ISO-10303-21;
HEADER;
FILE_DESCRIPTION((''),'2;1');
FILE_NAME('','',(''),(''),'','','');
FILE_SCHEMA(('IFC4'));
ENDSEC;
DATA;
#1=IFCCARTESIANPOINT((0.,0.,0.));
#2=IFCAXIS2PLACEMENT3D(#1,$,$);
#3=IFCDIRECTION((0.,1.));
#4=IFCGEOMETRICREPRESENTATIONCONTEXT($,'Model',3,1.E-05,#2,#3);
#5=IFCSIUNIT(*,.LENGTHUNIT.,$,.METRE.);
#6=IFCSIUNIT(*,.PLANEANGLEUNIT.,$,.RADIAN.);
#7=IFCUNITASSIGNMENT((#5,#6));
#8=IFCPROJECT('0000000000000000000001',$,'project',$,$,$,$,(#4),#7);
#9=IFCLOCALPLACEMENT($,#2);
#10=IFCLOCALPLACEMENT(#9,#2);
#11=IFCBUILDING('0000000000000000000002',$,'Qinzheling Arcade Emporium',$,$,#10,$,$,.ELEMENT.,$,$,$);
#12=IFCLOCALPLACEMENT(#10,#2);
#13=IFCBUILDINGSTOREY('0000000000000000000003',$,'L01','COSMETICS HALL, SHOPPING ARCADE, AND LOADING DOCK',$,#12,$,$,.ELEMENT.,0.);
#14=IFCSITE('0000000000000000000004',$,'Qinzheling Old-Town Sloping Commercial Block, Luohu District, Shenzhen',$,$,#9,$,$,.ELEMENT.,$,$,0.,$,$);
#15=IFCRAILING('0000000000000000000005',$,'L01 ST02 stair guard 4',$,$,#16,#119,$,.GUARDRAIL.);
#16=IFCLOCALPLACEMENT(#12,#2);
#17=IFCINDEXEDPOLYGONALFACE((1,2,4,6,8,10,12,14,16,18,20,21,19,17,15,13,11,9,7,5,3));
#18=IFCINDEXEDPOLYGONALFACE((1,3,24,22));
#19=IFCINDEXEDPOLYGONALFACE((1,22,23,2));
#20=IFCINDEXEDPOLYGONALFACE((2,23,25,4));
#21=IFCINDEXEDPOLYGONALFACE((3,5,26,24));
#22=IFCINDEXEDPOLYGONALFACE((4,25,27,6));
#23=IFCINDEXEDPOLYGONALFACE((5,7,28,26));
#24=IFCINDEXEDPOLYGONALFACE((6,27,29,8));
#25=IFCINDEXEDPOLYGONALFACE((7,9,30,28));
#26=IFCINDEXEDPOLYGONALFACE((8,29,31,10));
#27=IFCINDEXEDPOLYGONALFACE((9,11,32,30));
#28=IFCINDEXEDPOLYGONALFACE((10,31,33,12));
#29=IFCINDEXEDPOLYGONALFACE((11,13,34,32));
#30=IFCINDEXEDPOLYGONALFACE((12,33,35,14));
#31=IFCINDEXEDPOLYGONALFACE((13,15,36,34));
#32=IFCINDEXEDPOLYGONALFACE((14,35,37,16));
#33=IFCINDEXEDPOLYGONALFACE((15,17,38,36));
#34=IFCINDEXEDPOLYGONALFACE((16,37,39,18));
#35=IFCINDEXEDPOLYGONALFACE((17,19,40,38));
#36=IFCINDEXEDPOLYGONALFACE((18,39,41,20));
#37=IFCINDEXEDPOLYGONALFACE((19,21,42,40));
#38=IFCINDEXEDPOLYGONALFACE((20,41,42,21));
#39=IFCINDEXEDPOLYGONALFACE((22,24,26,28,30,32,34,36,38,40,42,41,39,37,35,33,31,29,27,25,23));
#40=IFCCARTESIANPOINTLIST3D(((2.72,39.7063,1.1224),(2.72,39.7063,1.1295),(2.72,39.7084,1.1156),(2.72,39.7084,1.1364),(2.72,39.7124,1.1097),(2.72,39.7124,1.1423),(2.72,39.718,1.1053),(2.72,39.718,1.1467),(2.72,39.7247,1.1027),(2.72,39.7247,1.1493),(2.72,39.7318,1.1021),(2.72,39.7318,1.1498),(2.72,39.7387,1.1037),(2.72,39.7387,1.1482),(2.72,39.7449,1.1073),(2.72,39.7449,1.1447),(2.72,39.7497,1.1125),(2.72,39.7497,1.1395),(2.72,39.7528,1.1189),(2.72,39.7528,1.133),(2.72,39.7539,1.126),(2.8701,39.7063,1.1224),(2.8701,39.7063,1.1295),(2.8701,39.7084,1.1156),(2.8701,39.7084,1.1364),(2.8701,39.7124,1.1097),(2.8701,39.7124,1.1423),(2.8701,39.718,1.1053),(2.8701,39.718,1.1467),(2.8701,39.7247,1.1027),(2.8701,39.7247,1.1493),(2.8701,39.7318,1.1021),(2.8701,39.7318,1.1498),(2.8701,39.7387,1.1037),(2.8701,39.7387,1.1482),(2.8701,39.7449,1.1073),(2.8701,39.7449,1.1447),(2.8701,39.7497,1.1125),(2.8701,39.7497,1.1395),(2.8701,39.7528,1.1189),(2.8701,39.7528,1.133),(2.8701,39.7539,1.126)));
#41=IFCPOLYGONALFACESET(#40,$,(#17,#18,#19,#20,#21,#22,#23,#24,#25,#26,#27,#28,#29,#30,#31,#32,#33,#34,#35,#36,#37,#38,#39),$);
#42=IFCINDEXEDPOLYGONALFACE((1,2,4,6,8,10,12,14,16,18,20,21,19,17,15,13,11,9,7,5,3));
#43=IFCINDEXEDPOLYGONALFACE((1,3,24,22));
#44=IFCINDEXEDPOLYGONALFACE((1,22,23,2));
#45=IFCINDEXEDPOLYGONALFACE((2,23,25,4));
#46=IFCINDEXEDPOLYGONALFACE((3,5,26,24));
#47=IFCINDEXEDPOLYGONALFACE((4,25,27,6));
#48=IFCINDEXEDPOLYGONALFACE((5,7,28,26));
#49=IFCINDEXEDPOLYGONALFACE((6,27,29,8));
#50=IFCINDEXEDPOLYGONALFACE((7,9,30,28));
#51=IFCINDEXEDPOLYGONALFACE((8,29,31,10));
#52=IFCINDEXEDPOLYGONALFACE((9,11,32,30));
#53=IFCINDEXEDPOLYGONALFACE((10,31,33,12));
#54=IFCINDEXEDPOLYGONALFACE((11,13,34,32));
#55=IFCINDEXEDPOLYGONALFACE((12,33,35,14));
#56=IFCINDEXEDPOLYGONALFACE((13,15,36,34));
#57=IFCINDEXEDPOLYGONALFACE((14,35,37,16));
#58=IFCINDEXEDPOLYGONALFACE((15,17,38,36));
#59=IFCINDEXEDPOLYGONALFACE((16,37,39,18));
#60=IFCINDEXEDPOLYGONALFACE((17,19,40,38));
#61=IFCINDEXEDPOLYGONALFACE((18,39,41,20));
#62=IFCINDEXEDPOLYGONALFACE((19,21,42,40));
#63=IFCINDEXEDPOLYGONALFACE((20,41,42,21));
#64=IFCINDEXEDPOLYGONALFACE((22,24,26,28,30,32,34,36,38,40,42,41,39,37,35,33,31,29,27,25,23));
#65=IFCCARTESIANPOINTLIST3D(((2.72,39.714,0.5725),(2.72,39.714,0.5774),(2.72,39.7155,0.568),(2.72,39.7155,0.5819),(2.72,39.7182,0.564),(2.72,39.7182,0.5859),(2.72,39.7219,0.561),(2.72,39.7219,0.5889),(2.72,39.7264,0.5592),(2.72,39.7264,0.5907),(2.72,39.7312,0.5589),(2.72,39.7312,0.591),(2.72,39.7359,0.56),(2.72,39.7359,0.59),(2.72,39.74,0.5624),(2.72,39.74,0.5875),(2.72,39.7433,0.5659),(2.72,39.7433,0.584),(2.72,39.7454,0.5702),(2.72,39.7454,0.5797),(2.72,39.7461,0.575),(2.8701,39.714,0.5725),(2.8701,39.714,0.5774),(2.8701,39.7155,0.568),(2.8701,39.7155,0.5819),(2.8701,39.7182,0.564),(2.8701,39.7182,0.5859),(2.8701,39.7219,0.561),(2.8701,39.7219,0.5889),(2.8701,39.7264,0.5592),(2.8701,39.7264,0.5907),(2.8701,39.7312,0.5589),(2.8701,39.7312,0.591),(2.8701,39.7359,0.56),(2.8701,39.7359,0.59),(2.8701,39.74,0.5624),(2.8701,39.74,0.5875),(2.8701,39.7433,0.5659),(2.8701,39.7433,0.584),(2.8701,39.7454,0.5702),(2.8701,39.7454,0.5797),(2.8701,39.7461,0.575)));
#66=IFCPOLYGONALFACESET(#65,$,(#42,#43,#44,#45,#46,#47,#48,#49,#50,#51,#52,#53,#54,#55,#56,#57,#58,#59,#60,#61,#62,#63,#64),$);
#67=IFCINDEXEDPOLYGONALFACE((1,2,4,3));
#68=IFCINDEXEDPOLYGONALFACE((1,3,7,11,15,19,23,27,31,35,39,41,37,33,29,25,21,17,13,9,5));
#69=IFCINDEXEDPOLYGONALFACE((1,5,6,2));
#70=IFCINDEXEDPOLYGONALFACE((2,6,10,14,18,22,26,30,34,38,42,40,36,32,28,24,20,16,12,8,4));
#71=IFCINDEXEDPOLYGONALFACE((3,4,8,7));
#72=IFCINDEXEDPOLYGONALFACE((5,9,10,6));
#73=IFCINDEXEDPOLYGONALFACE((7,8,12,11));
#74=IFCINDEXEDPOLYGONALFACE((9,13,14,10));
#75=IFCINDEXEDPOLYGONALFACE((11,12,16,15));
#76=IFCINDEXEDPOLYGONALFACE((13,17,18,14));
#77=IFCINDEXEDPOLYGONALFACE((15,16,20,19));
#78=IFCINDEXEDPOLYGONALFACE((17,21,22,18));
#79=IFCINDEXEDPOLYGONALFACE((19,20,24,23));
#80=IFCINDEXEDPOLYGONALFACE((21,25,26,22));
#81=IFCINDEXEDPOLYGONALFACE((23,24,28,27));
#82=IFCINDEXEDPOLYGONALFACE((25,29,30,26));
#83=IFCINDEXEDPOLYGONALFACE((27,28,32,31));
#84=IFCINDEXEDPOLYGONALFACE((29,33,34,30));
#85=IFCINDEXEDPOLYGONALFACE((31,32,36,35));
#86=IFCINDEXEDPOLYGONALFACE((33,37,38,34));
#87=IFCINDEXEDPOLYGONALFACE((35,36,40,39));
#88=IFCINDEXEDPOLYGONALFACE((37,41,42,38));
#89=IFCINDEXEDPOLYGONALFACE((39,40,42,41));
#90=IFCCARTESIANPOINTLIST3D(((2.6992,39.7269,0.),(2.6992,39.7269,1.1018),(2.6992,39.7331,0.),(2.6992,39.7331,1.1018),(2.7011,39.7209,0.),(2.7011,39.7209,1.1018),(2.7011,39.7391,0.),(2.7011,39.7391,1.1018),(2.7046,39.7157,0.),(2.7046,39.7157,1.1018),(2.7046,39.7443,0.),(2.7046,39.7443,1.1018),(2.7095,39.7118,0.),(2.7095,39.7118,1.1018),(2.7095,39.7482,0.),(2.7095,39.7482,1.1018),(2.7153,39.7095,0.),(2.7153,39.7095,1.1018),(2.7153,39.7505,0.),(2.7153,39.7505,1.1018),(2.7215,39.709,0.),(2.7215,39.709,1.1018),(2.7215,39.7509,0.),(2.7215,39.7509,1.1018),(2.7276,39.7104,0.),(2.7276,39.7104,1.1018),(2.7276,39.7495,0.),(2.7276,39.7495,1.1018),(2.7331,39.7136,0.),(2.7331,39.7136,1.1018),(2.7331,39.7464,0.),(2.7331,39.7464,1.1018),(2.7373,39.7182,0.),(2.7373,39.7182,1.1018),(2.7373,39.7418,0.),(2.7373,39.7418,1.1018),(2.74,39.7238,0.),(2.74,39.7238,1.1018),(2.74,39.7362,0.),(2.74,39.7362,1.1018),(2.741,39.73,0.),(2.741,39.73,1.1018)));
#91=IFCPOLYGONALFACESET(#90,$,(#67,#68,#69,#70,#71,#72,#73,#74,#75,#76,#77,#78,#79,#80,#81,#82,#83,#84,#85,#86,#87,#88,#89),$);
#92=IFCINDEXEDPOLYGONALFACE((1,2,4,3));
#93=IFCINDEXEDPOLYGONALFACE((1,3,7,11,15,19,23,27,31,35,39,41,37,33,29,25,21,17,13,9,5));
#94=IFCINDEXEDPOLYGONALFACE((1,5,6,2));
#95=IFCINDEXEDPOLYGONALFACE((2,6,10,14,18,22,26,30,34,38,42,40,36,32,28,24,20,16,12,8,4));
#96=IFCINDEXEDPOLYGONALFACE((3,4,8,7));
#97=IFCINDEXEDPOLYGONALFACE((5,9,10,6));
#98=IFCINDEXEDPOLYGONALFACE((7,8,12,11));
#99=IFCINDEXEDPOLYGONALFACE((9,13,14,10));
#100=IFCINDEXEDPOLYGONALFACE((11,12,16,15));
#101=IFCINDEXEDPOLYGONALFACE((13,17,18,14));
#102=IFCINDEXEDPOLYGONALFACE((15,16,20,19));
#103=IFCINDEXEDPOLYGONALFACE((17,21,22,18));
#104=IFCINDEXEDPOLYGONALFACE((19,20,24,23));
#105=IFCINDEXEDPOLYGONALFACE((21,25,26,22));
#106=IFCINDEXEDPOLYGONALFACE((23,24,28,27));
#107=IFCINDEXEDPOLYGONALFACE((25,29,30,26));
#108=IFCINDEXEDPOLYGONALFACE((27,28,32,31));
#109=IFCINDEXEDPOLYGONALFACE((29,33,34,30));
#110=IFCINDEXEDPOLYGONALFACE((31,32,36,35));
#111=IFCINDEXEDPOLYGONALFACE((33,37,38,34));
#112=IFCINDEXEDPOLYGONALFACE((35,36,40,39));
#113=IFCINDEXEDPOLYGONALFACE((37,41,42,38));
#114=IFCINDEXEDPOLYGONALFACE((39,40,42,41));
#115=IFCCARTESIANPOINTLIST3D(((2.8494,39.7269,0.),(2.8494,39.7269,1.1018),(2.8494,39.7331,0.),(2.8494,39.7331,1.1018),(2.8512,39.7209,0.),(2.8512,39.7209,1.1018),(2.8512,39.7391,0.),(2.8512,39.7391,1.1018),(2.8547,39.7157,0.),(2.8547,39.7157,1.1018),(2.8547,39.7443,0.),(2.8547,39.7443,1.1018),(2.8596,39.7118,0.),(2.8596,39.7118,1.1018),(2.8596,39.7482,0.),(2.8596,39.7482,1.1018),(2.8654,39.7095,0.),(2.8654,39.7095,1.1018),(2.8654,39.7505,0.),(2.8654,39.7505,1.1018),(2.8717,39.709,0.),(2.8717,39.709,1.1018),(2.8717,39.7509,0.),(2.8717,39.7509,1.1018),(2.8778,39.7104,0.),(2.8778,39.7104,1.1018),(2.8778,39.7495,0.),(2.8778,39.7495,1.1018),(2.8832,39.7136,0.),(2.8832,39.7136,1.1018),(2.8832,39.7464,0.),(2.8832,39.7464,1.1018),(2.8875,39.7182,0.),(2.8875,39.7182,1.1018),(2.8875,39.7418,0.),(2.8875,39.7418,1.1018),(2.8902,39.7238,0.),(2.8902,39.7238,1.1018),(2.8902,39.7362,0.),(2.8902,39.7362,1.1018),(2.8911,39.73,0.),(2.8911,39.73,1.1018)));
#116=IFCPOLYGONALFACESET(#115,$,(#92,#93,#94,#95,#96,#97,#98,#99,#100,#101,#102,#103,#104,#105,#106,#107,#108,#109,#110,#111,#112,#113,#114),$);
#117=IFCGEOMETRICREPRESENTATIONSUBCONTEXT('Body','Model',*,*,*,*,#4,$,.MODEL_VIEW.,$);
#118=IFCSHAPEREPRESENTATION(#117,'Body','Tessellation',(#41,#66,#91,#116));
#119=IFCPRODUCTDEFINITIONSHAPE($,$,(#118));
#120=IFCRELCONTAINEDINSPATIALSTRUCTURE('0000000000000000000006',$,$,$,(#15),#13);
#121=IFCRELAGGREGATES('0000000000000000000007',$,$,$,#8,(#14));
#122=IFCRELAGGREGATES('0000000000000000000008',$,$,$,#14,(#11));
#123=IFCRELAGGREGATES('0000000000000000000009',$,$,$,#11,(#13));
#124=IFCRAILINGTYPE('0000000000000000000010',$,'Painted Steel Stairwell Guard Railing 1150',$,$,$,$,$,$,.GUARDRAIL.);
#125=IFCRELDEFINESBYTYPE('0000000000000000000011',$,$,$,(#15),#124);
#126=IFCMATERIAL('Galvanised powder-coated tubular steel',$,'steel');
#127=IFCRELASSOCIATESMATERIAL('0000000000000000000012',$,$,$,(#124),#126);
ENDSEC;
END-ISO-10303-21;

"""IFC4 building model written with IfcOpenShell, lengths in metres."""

from ifc_helpers import new_model, si_unit, direction, frame, origin, origin_2d, place, context, subcontext, project, spatial, circle, extrude, material, type_object, element, save


model = new_model("IFC4")

# Units and contexts
model_context = context("Model", 3, precision=1e-05, world=origin(), true_north=direction((0.0, 1.0)))
body_context = subcontext(model_context, "Body", "Model", "MODEL_VIEW")
ifc_project = project(units=[si_unit("LENGTHUNIT", "METRE"), si_unit("PLANEANGLEUNIT", "RADIAN")], contexts=[model_context])

# Site, building, storey
site_placement = place(None, origin())
site = spatial("IfcSite", under=ifc_project, at=site_placement, Name="Qinzheling Old-Town Sloping Commercial Block, Luohu District, Shenzhen", CompositionType="ELEMENT", RefElevation=0.0)
building_placement = place(site_placement, origin())
building = spatial("IfcBuilding", under=site, at=building_placement, Name="Qinzheling Arcade Emporium", CompositionType="ELEMENT")
storey_placement = place(building_placement, origin())
storey = spatial("IfcBuildingStorey", under=building, at=storey_placement, Name="L01", Description="COSMETICS HALL, SHOPPING ARCADE, AND LOADING DOCK", CompositionType="ELEMENT", Elevation=0.0)

# Railing
ifc_material_1 = material(Name="Galvanised powder-coated tubular steel", Category="steel")
railing_type_1 = type_object("IfcRailingType", Name="Painted Steel Stairwell Guard Railing 1150", PredefinedType="GUARDRAIL", material=ifc_material_1)
railing_1_placement = place(storey_placement, frame((2.72, 39.73, 0.0)))
element("IfcRailing", 1, at=railing_1_placement, inside=storey, type_object=railing_type_1, Name="L01 ST02 stair guard 4", PredefinedType="GUARDRAIL", context=body_context, shape_type="SweptSolid", body=[
    extrude(circle(Radius=0.0239, at=origin_2d()), frame((0.0, 0.0, 1.126), z_axis=(1.0, 0.0, 0.0), x_axis=(0.0, 1.0, 0.0)), (0.0, 0.0, 1.0), 0.1501),
    extrude(circle(Radius=0.0161, at=origin_2d()), frame((0.0, 0.0, 0.575), z_axis=(1.0, 0.0, 0.0), x_axis=(0.0, 1.0, 0.0)), (0.0, 0.0, 1.0), 0.1501),
    extrude(circle(Radius=0.021, at=origin_2d()), origin(), (0.0, 0.0, 1.0), 1.1018),
    extrude(circle(Radius=0.021, at=origin_2d()), frame((0.1501, 0.0, 0.0)), (0.0, 0.0, 1.0), 1.1018),
])

save(model, "model.ifc")
